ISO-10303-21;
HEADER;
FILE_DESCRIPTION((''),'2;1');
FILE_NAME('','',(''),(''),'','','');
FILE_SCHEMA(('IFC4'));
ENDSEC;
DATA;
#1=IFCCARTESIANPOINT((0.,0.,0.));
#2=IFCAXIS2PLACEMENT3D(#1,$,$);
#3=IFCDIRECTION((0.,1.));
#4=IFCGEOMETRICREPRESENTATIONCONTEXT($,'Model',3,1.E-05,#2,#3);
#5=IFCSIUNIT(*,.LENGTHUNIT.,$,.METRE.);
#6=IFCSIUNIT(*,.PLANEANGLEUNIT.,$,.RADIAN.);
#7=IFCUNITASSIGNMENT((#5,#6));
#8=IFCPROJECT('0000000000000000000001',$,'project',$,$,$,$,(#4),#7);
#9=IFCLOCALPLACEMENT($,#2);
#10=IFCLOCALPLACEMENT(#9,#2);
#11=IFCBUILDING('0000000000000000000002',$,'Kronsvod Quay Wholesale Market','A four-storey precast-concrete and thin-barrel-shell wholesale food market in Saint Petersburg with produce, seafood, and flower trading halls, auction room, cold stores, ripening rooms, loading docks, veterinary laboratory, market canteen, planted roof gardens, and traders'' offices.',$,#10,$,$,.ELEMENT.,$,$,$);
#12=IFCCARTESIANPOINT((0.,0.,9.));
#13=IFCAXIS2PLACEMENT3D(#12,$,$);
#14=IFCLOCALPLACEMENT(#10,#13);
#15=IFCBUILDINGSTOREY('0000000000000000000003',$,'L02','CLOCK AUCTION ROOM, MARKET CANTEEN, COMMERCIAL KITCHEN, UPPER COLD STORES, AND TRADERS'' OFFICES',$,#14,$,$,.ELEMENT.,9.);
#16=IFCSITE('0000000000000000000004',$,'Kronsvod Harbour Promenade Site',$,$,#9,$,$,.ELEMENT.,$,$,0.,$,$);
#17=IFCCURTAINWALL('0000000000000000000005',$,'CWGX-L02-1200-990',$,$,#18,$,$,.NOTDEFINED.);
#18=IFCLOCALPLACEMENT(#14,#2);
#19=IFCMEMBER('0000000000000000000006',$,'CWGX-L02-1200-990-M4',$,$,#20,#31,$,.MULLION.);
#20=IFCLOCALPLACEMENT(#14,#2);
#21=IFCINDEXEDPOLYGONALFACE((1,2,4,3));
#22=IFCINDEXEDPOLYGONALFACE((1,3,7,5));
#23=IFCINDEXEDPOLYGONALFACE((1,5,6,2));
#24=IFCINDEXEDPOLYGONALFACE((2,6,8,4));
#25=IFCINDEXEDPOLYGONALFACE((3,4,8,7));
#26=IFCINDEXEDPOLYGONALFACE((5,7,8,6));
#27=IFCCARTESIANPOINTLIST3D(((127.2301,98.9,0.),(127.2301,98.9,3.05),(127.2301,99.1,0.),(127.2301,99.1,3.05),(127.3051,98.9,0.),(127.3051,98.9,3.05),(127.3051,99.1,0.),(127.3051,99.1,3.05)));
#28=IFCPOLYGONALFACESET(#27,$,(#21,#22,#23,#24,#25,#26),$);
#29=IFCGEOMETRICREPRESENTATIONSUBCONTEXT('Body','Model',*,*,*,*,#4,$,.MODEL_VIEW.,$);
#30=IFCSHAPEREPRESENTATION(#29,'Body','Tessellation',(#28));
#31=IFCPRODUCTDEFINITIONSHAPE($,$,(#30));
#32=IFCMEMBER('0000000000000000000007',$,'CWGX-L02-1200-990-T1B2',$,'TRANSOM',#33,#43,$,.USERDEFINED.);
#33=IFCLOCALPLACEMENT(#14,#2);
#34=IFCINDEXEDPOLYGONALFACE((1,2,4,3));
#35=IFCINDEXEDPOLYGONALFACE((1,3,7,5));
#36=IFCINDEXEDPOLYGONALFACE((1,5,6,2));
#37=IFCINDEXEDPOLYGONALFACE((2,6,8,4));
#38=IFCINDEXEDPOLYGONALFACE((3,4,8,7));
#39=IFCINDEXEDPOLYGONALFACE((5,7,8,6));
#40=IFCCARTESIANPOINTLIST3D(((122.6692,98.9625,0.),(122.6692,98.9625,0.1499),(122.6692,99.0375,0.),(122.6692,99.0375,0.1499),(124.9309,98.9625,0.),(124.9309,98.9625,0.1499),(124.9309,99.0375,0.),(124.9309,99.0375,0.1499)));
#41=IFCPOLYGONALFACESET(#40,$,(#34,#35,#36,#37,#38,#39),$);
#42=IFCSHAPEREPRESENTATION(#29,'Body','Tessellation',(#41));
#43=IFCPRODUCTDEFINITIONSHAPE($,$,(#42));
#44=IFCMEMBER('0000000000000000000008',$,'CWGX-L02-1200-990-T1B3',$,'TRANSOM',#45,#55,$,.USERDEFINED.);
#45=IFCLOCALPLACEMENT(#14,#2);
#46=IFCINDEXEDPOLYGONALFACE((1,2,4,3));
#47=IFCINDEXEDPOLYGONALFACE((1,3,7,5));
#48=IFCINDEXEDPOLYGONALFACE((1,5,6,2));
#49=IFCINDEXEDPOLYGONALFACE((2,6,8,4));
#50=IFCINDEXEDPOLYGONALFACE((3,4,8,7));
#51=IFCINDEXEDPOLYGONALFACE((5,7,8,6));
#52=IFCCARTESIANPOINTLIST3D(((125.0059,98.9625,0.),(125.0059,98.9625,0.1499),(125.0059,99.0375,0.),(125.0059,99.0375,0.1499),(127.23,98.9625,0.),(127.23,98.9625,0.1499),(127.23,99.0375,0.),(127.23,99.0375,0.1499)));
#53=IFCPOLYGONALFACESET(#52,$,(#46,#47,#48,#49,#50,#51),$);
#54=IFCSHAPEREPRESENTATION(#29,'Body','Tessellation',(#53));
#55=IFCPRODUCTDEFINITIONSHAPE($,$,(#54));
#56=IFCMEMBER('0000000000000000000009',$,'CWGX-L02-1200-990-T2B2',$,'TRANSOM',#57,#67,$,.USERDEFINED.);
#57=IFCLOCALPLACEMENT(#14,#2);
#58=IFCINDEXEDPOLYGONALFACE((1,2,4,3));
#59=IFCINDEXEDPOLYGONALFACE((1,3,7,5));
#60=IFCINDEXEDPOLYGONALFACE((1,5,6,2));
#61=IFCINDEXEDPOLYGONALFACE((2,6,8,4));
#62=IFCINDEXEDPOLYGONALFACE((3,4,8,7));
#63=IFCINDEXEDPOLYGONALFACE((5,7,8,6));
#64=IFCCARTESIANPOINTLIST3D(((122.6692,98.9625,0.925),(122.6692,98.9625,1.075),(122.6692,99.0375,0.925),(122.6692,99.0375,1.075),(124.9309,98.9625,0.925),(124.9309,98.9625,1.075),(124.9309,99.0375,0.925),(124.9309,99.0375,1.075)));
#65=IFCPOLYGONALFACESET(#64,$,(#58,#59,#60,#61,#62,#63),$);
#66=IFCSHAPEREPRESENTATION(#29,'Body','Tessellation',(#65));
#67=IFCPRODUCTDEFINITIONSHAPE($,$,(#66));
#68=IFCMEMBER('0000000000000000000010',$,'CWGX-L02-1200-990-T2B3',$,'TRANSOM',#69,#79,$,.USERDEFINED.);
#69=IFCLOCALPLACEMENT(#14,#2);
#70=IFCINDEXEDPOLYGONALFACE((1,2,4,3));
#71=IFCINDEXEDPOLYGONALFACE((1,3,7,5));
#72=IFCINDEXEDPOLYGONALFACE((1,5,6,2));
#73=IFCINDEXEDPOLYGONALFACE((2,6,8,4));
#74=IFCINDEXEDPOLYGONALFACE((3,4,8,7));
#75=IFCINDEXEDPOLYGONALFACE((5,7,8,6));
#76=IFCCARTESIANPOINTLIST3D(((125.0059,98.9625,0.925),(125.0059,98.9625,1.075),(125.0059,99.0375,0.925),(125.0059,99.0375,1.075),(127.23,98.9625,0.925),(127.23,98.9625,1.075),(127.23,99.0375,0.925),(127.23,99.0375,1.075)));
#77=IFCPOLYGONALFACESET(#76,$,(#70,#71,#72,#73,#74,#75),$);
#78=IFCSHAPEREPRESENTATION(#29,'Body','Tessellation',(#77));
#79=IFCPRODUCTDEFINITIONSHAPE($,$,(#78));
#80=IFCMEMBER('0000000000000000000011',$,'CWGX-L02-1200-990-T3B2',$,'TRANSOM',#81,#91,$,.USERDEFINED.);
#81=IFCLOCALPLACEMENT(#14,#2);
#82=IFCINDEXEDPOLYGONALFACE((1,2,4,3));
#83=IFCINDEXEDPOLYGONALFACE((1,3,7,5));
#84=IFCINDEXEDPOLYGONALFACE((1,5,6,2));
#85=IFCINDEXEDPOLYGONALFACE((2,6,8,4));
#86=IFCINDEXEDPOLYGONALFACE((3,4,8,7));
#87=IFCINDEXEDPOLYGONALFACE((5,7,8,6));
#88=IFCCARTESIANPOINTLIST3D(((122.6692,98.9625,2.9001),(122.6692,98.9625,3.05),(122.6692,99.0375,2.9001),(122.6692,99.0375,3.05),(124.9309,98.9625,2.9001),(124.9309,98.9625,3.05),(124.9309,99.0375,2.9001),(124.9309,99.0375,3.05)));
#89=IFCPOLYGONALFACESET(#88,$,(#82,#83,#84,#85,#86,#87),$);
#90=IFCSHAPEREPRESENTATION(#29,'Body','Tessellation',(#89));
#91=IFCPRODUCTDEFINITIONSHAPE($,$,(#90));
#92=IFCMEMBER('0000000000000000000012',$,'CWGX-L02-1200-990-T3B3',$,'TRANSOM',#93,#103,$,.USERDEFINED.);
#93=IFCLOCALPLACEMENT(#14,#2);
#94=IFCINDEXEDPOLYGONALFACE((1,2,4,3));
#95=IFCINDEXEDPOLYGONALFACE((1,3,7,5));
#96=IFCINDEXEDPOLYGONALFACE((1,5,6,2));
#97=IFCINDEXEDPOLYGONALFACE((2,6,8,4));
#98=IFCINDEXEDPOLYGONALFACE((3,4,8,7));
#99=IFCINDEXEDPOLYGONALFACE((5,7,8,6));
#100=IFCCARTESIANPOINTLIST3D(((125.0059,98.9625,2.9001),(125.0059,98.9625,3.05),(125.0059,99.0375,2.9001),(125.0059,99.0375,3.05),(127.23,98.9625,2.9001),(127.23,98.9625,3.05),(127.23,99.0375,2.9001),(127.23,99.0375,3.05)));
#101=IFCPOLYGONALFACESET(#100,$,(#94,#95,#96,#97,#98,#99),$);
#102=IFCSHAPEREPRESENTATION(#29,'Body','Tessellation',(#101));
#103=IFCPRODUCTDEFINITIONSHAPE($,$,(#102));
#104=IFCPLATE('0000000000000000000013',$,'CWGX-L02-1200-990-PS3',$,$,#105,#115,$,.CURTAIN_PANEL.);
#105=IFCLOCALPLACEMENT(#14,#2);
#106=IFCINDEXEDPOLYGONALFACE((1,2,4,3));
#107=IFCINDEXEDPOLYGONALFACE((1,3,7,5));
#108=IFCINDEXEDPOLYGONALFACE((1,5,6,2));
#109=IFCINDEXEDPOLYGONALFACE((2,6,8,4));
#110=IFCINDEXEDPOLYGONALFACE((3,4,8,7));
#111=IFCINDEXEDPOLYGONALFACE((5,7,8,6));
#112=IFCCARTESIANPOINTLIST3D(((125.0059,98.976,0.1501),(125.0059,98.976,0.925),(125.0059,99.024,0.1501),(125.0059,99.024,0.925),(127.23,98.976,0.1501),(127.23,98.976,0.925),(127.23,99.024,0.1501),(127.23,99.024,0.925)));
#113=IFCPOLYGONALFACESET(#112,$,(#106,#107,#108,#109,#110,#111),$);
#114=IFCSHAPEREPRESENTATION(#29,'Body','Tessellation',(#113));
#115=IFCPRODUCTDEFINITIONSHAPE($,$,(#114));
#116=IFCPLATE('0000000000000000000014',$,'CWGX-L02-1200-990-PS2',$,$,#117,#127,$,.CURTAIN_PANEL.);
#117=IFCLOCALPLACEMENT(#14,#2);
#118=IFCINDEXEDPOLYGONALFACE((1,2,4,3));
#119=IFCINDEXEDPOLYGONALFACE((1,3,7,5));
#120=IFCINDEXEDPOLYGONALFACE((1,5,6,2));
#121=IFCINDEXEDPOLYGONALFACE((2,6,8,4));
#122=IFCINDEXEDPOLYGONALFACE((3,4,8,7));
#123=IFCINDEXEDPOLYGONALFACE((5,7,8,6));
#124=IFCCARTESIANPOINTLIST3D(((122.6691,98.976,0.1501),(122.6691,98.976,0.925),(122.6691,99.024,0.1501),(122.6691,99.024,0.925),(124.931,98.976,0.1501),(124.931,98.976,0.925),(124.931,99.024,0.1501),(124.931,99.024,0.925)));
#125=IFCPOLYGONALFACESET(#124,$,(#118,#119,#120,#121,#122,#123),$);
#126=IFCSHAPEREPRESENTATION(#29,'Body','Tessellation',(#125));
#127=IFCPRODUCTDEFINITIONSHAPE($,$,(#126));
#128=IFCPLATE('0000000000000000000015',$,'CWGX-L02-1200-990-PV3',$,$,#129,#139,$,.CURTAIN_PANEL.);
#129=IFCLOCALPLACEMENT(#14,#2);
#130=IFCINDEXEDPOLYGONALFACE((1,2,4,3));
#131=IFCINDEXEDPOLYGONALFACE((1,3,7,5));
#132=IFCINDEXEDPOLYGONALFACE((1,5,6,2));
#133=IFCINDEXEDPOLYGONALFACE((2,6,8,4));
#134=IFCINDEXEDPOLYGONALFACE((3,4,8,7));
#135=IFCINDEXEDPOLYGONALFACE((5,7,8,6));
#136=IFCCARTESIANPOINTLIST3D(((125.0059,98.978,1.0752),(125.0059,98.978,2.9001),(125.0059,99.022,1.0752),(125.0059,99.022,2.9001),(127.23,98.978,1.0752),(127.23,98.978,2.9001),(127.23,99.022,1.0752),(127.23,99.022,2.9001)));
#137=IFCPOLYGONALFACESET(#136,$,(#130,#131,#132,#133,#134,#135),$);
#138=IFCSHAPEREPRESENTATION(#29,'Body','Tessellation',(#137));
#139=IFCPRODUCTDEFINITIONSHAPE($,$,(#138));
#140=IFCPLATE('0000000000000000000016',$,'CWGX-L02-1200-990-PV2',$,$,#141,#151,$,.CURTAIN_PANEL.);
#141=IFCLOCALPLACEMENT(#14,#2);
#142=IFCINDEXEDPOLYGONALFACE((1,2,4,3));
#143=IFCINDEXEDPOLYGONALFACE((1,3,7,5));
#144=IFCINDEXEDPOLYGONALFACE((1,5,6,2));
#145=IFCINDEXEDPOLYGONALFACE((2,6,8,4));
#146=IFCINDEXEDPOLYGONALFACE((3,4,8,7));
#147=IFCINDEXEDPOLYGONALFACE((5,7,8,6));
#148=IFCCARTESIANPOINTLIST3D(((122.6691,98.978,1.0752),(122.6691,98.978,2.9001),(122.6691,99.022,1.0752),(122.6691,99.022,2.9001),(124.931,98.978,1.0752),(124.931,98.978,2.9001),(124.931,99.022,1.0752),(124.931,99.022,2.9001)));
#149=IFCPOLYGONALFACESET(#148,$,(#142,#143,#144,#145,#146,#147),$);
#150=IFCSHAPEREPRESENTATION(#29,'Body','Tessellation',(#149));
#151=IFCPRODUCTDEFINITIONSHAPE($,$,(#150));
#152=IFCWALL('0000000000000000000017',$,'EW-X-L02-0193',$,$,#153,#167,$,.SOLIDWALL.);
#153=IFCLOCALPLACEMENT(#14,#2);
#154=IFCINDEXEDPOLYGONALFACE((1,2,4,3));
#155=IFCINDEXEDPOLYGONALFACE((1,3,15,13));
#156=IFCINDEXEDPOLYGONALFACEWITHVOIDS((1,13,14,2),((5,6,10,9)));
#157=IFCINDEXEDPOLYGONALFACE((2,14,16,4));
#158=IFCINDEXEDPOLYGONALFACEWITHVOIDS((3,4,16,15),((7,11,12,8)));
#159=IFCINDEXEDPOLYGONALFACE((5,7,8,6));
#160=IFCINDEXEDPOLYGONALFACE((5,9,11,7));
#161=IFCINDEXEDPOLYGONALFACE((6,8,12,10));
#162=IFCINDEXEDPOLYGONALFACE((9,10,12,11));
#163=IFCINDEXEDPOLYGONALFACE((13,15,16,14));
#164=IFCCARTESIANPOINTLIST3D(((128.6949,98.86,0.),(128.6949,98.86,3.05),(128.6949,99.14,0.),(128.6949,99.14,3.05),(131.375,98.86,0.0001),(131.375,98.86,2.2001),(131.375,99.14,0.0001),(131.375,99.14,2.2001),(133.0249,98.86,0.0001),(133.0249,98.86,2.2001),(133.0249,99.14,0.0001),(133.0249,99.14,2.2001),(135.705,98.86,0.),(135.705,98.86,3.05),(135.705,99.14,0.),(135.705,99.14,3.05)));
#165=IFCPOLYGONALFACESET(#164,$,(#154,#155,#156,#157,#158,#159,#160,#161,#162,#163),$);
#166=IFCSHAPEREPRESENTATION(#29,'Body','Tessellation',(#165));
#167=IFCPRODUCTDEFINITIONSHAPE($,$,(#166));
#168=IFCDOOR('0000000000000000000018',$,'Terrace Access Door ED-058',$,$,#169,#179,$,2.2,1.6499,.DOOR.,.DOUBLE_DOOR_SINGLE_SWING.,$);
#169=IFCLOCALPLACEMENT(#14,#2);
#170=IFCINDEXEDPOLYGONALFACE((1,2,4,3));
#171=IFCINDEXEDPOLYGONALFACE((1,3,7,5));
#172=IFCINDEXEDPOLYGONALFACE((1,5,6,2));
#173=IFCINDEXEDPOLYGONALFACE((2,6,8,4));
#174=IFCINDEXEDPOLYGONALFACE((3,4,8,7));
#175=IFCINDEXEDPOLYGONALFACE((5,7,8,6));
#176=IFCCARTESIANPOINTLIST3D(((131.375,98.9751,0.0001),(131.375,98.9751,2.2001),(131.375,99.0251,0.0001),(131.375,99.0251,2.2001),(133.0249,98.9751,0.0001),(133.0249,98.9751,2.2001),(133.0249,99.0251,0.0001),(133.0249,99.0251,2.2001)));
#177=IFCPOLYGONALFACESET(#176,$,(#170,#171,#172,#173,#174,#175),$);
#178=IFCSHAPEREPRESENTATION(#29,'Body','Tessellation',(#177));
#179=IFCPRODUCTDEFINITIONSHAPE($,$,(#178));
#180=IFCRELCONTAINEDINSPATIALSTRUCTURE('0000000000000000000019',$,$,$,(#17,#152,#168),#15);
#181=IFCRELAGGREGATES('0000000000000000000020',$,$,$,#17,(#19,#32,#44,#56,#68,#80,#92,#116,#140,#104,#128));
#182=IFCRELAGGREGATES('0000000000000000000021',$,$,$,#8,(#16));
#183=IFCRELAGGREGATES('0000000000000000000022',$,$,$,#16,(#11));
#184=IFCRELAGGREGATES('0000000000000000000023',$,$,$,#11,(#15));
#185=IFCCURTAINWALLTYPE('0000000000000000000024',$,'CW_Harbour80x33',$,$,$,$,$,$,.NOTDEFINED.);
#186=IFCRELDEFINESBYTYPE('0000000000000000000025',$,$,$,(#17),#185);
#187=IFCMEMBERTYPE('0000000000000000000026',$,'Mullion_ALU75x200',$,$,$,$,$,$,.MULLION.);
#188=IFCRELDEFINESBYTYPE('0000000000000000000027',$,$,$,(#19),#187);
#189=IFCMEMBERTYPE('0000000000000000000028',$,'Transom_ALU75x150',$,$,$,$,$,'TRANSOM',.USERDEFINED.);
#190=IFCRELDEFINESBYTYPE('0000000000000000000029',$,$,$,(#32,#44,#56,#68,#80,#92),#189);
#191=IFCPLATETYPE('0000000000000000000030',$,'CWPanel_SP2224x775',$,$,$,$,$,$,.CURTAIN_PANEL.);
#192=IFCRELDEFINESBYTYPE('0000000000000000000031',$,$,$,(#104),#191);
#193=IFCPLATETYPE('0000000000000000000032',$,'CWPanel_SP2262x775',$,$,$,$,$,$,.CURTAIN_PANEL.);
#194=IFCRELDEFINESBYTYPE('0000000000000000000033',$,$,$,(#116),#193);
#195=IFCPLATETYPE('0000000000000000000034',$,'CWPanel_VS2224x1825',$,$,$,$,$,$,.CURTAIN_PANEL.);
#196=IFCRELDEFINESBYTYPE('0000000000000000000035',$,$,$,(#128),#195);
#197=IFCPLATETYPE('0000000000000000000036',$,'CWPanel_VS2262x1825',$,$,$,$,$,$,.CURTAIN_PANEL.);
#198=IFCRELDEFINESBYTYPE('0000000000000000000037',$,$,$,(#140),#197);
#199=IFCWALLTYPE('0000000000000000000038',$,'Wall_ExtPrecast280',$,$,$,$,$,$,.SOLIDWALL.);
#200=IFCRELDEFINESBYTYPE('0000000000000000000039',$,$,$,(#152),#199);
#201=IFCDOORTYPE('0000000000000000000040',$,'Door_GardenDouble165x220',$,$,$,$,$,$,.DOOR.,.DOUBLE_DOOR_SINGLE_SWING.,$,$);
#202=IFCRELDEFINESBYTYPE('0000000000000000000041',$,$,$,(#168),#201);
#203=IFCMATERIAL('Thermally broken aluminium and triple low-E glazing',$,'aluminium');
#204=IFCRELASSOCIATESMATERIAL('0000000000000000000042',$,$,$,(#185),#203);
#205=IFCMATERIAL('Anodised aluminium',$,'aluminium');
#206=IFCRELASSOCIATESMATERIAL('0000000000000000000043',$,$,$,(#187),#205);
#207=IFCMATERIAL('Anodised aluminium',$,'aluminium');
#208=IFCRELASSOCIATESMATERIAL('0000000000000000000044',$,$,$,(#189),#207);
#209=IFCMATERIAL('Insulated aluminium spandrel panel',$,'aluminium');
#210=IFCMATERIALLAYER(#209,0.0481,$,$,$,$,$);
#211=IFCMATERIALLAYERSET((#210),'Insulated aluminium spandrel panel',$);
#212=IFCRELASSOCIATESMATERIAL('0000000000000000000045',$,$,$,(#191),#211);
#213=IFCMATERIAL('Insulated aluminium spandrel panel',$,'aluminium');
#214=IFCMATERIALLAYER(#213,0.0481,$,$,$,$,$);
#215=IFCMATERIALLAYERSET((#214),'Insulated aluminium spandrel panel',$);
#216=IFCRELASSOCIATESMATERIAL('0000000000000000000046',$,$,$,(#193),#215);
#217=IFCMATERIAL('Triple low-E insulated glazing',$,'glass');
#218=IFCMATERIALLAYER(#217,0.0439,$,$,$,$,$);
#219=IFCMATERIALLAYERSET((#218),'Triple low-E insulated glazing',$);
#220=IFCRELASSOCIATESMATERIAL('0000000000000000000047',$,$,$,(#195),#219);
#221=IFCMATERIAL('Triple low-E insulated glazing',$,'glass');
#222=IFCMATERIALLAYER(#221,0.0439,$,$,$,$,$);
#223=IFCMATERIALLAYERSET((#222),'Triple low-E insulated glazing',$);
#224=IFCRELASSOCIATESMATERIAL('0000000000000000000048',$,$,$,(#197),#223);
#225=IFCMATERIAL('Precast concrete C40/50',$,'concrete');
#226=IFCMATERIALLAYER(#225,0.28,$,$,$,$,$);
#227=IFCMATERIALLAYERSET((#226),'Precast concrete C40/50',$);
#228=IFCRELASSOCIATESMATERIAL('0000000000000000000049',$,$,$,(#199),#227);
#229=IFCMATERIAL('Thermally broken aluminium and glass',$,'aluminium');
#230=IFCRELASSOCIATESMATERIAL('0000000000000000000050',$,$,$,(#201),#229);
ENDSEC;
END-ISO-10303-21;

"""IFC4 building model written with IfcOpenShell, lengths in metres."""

from ifc_helpers import new_model, si_unit, direction, frame, frame_2d, origin, origin_2d, place, context, subcontext, project, spatial, rectangle, extrude, material, layer, layer_set, material_profile, profile_set, type_object, element, fill, aggregate, save


model = new_model("IFC4")

# Units and contexts
model_context = context("Model", 3, precision=1e-05, world=origin(), true_north=direction((0.0, 1.0)))
body_context = subcontext(model_context, "Body", "Model", "MODEL_VIEW")
ifc_project = project(units=[si_unit("LENGTHUNIT", "METRE"), si_unit("PLANEANGLEUNIT", "RADIAN")], contexts=[model_context])

# Site, building, storey
site_placement = place(None, origin())
site = spatial("IfcSite", under=ifc_project, at=site_placement, Name="Kronsvod Harbour Promenade Site", CompositionType="ELEMENT", RefElevation=0.0)
building_placement = place(site_placement, origin())
building = spatial("IfcBuilding", under=site, at=building_placement, Name="Kronsvod Quay Wholesale Market", Description="A four-storey precast-concrete and thin-barrel-shell wholesale food market in Saint Petersburg with produce, seafood, and flower trading halls, auction room, cold stores, ripening rooms, loading docks, veterinary laboratory, market canteen, planted roof gardens, and traders' offices.", CompositionType="ELEMENT")
storey_placement = place(building_placement, frame((0.0, 0.0, 9.0)))
storey = spatial("IfcBuildingStorey", under=building, at=storey_placement, Name="L02", Description="CLOCK AUCTION ROOM, MARKET CANTEEN, COMMERCIAL KITCHEN, UPPER COLD STORES, AND TRADERS' OFFICES", CompositionType="ELEMENT", Elevation=9.0)

# Curtain wall, members, plates
ifc_material_1 = material(Name="Thermally broken aluminium and triple low-E glazing", Category="aluminium")
curtain_wall_type = type_object("IfcCurtainWallType", Name="CW_Harbour80x33", PredefinedType="NOTDEFINED", material=ifc_material_1)
curtain_wall_placement = place(storey_placement, origin())
curtain_wall = element("IfcCurtainWall", 1, at=curtain_wall_placement, inside=storey, type_object=curtain_wall_type, Name="CWGX-L02-1200-990", PredefinedType="NOTDEFINED")
ifc_material_2 = material(Name="Anodised aluminium", Category="aluminium")
ifc_material_profile_1 = material_profile(ifc_material_2, rectangle(XDim=0.075, YDim=0.2, at=origin_2d()), Name="ALUM75x200")
ifc_profile_set_1 = profile_set([ifc_material_profile_1], Name="Anodised aluminium")
member_type_1 = type_object("IfcMemberType", Name="Mullion_ALU75x200", PredefinedType="MULLION", material=ifc_profile_set_1)
member_1_placement = place(storey_placement, frame((127.2676, 99.0, 0.0), z_axis=(0.0, 0.0, 1.0), x_axis=(1.0, 0.0, 0.0)))
member_1 = element("IfcMember", 2, at=member_1_placement, type_object=member_type_1, Name="CWGX-L02-1200-990-M4", PredefinedType="MULLION", context=body_context, shape_type="SweptSolid", body=[
    extrude(rectangle(XDim=0.075, YDim=0.2, at=origin_2d()), origin(), (0.0, 0.0, 1.0), 3.05),
])
ifc_material_3 = material(Name="Anodised aluminium", Category="aluminium")
ifc_material_profile_2 = material_profile(ifc_material_3, rectangle(XDim=0.075, YDim=0.1499, at=origin_2d()), Name="ALUT75x150")
ifc_profile_set_2 = profile_set([ifc_material_profile_2], Name="Anodised aluminium")
member_type_2 = type_object("IfcMemberType", Name="Transom_ALU75x150", ElementType="TRANSOM", PredefinedType="USERDEFINED", material=ifc_profile_set_2)
member_2_placement = place(storey_placement, frame((122.6692, 99.0, 0.075), z_axis=(1.0, 0.0, 0.0), x_axis=(0.0, 1.0, 0.0)))
member_2 = element("IfcMember", 3, at=member_2_placement, type_object=member_type_2, Name="CWGX-L02-1200-990-T1B2", ObjectType="TRANSOM", PredefinedType="USERDEFINED", context=body_context, shape_type="SweptSolid", body=[
    extrude(rectangle(XDim=0.075, YDim=0.1499, at=origin_2d()), origin(), (0.0, 0.0, 1.0), 2.2617),
])
member_3_placement = place(storey_placement, frame((125.0059, 99.0, 0.075), z_axis=(1.0, 0.0, 0.0), x_axis=(0.0, 1.0, 0.0)))
member_3 = element("IfcMember", 4, at=member_3_placement, type_object=member_type_2, Name="CWGX-L02-1200-990-T1B3", ObjectType="TRANSOM", PredefinedType="USERDEFINED", context=body_context, shape_type="SweptSolid", body=[
    extrude(rectangle(XDim=0.075, YDim=0.1499, at=origin_2d()), origin(), (0.0, 0.0, 1.0), 2.2241),
])
member_4_placement = place(storey_placement, frame((122.6692, 99.0, 1.0), z_axis=(1.0, 0.0, 0.0), x_axis=(0.0, 1.0, 0.0)))
member_4 = element("IfcMember", 5, at=member_4_placement, type_object=member_type_2, Name="CWGX-L02-1200-990-T2B2", ObjectType="TRANSOM", PredefinedType="USERDEFINED", context=body_context, shape_type="SweptSolid", body=[
    extrude(rectangle(XDim=0.075, YDim=0.1499, at=origin_2d()), origin(), (0.0, 0.0, 1.0), 2.2617),
])
member_5_placement = place(storey_placement, frame((125.0059, 99.0, 1.0), z_axis=(1.0, 0.0, 0.0), x_axis=(0.0, 1.0, 0.0)))
member_5 = element("IfcMember", 6, at=member_5_placement, type_object=member_type_2, Name="CWGX-L02-1200-990-T2B3", ObjectType="TRANSOM", PredefinedType="USERDEFINED", context=body_context, shape_type="SweptSolid", body=[
    extrude(rectangle(XDim=0.075, YDim=0.1499, at=origin_2d()), origin(), (0.0, 0.0, 1.0), 2.2241),
])
member_6_placement = place(storey_placement, frame((122.6692, 99.0, 2.9751), z_axis=(1.0, 0.0, 0.0), x_axis=(0.0, 1.0, 0.0)))
member_6 = element("IfcMember", 7, at=member_6_placement, type_object=member_type_2, Name="CWGX-L02-1200-990-T3B2", ObjectType="TRANSOM", PredefinedType="USERDEFINED", context=body_context, shape_type="SweptSolid", body=[
    extrude(rectangle(XDim=0.075, YDim=0.1499, at=origin_2d()), origin(), (0.0, 0.0, 1.0), 2.2617),
])
member_7_placement = place(storey_placement, frame((125.0059, 99.0, 2.9751), z_axis=(1.0, 0.0, 0.0), x_axis=(0.0, 1.0, 0.0)))
member_7 = element("IfcMember", 8, at=member_7_placement, type_object=member_type_2, Name="CWGX-L02-1200-990-T3B3", ObjectType="TRANSOM", PredefinedType="USERDEFINED", context=body_context, shape_type="SweptSolid", body=[
    extrude(rectangle(XDim=0.075, YDim=0.1499, at=origin_2d()), origin(), (0.0, 0.0, 1.0), 2.2241),
])
ifc_material_4 = material(Name="Insulated aluminium spandrel panel", Category="aluminium")
ifc_layer_1 = layer(ifc_material_4, 0.0481)
ifc_layer_set_1 = layer_set([ifc_layer_1], Name="Insulated aluminium spandrel panel")
plate_type_1 = type_object("IfcPlateType", Name="CWPanel_SP2224x775", PredefinedType="CURTAIN_PANEL", material=ifc_layer_set_1)
plate_1_placement = place(storey_placement, frame((126.1179, 99.0, 0.1501), z_axis=(0.0, 0.0, 1.0), x_axis=(1.0, 0.0, 0.0)))
plate_1 = element("IfcPlate", 9, at=plate_1_placement, type_object=plate_type_1, Name="CWGX-L02-1200-990-PS3", PredefinedType="CURTAIN_PANEL", context=body_context, shape_type="SweptSolid", body=[
    extrude(rectangle(XDim=2.2241, YDim=0.0481, at=origin_2d()), origin(), (0.0, 0.0, 1.0), 0.7749),
])
ifc_material_5 = material(Name="Insulated aluminium spandrel panel", Category="aluminium")
ifc_layer_2 = layer(ifc_material_5, 0.0481)
ifc_layer_set_2 = layer_set([ifc_layer_2], Name="Insulated aluminium spandrel panel")
plate_type_2 = type_object("IfcPlateType", Name="CWPanel_SP2262x775", PredefinedType="CURTAIN_PANEL", material=ifc_layer_set_2)
plate_2_placement = place(storey_placement, frame((123.8, 99.0, 0.1501), z_axis=(0.0, 0.0, 1.0), x_axis=(1.0, 0.0, 0.0)))
plate_2 = element("IfcPlate", 10, at=plate_2_placement, type_object=plate_type_2, Name="CWGX-L02-1200-990-PS2", PredefinedType="CURTAIN_PANEL", context=body_context, shape_type="SweptSolid", body=[
    extrude(rectangle(XDim=2.262, YDim=0.0481, at=origin_2d()), origin(), (0.0, 0.0, 1.0), 0.7749),
])
ifc_material_6 = material(Name="Triple low-E insulated glazing", Category="glass")
ifc_layer_3 = layer(ifc_material_6, 0.0439)
ifc_layer_set_3 = layer_set([ifc_layer_3], Name="Triple low-E insulated glazing")
plate_type_3 = type_object("IfcPlateType", Name="CWPanel_VS2224x1825", PredefinedType="CURTAIN_PANEL", material=ifc_layer_set_3)
plate_3_placement = place(storey_placement, frame((126.1179, 99.0, 1.0752), z_axis=(0.0, 0.0, 1.0), x_axis=(1.0, 0.0, 0.0)))
plate_3 = element("IfcPlate", 11, at=plate_3_placement, type_object=plate_type_3, Name="CWGX-L02-1200-990-PV3", PredefinedType="CURTAIN_PANEL", context=body_context, shape_type="SweptSolid", body=[
    extrude(rectangle(XDim=2.2241, YDim=0.0439, at=origin_2d()), origin(), (0.0, 0.0, 1.0), 1.825),
])
ifc_material_7 = material(Name="Triple low-E insulated glazing", Category="glass")
ifc_layer_4 = layer(ifc_material_7, 0.0439)
ifc_layer_set_4 = layer_set([ifc_layer_4], Name="Triple low-E insulated glazing")
plate_type_4 = type_object("IfcPlateType", Name="CWPanel_VS2262x1825", PredefinedType="CURTAIN_PANEL", material=ifc_layer_set_4)
plate_4_placement = place(storey_placement, frame((123.8, 99.0, 1.0752), z_axis=(0.0, 0.0, 1.0), x_axis=(1.0, 0.0, 0.0)))
plate_4 = element("IfcPlate", 12, at=plate_4_placement, type_object=plate_type_4, Name="CWGX-L02-1200-990-PV2", PredefinedType="CURTAIN_PANEL", context=body_context, shape_type="SweptSolid", body=[
    extrude(rectangle(XDim=2.262, YDim=0.0439, at=origin_2d()), origin(), (0.0, 0.0, 1.0), 1.825),
])
aggregate(curtain_wall, [member_1, member_2, member_3, member_4, member_5, member_6, member_7, plate_2, plate_4, plate_1, plate_3])

# Wall, opening, door
ifc_material_8 = material(Name="Precast concrete C40/50", Category="concrete")
ifc_layer_5 = layer(ifc_material_8, 0.28)
ifc_layer_set_5 = layer_set([ifc_layer_5], Name="Precast concrete C40/50")
wall_type_1 = type_object("IfcWallType", Name="Wall_ExtPrecast280", PredefinedType="SOLIDWALL", material=ifc_layer_set_5)
wall_1_placement = place(storey_placement, frame((128.6951, 99.0, 0.0), z_axis=(0.0, 0.0, 1.0), x_axis=(1.0, 0.0, 0.0)))
wall_1 = element("IfcWall", 13, at=wall_1_placement, inside=storey, type_object=wall_type_1, Name="EW-X-L02-0193", PredefinedType="SOLIDWALL", context=body_context, shape_type="SweptSolid", body=[
    extrude(rectangle(XDim=7.01, YDim=0.28, at=frame_2d((3.5049, 0.0))), origin(), (0.0, 0.0, 1.0), 3.05),
])
opening_1_placement = place(wall_1_placement, frame((2.6799, 0.0, 0.0)))
opening_1 = element("IfcOpeningElement", 14, at=opening_1_placement, cuts=wall_1, PredefinedType="OPENING", context=body_context, shape_type="SweptSolid", body=[
    extrude(rectangle(XDim=1.6499, YDim=2.2, at=frame_2d((0.825, 1.1001))), frame((0.0, 0.1499, 0.0), z_axis=(0.0, -1.0, 0.0), x_axis=(1.0, 0.0, 0.0)), (0.0, 0.0, 1.0), 0.3),
])
ifc_material_9 = material(Name="Thermally broken aluminium and glass", Category="aluminium")
door_type_1 = type_object("IfcDoorType", Name="Door_GardenDouble165x220", OperationType="DOUBLE_DOOR_SINGLE_SWING", PredefinedType="DOOR", material=ifc_material_9)
door_1_placement = place(opening_1_placement, frame((1.6499, 0.0, 0.0), z_axis=(0.0, 0.0, 1.0), x_axis=(-1.0, 0.0, 0.0)))
door_1 = element("IfcDoor", 15, at=door_1_placement, inside=storey, type_object=door_type_1, Name="Terrace Access Door ED-058", OperationType="DOUBLE_DOOR_SINGLE_SWING", OverallHeight=2.2, OverallWidth=1.6499, PredefinedType="DOOR", context=body_context, shape_type="SweptSolid", body=[
    extrude(rectangle(XDim=1.6499, YDim=2.2, at=frame_2d((0.825, 1.1001))), frame((0.0, 0.0249, 0.0), z_axis=(0.0, -1.0, 0.0), x_axis=(1.0, 0.0, 0.0)), (0.0, 0.0, 1.0), 0.05),
])
fill(opening_1, door_1)

save(model, "model.ifc")
